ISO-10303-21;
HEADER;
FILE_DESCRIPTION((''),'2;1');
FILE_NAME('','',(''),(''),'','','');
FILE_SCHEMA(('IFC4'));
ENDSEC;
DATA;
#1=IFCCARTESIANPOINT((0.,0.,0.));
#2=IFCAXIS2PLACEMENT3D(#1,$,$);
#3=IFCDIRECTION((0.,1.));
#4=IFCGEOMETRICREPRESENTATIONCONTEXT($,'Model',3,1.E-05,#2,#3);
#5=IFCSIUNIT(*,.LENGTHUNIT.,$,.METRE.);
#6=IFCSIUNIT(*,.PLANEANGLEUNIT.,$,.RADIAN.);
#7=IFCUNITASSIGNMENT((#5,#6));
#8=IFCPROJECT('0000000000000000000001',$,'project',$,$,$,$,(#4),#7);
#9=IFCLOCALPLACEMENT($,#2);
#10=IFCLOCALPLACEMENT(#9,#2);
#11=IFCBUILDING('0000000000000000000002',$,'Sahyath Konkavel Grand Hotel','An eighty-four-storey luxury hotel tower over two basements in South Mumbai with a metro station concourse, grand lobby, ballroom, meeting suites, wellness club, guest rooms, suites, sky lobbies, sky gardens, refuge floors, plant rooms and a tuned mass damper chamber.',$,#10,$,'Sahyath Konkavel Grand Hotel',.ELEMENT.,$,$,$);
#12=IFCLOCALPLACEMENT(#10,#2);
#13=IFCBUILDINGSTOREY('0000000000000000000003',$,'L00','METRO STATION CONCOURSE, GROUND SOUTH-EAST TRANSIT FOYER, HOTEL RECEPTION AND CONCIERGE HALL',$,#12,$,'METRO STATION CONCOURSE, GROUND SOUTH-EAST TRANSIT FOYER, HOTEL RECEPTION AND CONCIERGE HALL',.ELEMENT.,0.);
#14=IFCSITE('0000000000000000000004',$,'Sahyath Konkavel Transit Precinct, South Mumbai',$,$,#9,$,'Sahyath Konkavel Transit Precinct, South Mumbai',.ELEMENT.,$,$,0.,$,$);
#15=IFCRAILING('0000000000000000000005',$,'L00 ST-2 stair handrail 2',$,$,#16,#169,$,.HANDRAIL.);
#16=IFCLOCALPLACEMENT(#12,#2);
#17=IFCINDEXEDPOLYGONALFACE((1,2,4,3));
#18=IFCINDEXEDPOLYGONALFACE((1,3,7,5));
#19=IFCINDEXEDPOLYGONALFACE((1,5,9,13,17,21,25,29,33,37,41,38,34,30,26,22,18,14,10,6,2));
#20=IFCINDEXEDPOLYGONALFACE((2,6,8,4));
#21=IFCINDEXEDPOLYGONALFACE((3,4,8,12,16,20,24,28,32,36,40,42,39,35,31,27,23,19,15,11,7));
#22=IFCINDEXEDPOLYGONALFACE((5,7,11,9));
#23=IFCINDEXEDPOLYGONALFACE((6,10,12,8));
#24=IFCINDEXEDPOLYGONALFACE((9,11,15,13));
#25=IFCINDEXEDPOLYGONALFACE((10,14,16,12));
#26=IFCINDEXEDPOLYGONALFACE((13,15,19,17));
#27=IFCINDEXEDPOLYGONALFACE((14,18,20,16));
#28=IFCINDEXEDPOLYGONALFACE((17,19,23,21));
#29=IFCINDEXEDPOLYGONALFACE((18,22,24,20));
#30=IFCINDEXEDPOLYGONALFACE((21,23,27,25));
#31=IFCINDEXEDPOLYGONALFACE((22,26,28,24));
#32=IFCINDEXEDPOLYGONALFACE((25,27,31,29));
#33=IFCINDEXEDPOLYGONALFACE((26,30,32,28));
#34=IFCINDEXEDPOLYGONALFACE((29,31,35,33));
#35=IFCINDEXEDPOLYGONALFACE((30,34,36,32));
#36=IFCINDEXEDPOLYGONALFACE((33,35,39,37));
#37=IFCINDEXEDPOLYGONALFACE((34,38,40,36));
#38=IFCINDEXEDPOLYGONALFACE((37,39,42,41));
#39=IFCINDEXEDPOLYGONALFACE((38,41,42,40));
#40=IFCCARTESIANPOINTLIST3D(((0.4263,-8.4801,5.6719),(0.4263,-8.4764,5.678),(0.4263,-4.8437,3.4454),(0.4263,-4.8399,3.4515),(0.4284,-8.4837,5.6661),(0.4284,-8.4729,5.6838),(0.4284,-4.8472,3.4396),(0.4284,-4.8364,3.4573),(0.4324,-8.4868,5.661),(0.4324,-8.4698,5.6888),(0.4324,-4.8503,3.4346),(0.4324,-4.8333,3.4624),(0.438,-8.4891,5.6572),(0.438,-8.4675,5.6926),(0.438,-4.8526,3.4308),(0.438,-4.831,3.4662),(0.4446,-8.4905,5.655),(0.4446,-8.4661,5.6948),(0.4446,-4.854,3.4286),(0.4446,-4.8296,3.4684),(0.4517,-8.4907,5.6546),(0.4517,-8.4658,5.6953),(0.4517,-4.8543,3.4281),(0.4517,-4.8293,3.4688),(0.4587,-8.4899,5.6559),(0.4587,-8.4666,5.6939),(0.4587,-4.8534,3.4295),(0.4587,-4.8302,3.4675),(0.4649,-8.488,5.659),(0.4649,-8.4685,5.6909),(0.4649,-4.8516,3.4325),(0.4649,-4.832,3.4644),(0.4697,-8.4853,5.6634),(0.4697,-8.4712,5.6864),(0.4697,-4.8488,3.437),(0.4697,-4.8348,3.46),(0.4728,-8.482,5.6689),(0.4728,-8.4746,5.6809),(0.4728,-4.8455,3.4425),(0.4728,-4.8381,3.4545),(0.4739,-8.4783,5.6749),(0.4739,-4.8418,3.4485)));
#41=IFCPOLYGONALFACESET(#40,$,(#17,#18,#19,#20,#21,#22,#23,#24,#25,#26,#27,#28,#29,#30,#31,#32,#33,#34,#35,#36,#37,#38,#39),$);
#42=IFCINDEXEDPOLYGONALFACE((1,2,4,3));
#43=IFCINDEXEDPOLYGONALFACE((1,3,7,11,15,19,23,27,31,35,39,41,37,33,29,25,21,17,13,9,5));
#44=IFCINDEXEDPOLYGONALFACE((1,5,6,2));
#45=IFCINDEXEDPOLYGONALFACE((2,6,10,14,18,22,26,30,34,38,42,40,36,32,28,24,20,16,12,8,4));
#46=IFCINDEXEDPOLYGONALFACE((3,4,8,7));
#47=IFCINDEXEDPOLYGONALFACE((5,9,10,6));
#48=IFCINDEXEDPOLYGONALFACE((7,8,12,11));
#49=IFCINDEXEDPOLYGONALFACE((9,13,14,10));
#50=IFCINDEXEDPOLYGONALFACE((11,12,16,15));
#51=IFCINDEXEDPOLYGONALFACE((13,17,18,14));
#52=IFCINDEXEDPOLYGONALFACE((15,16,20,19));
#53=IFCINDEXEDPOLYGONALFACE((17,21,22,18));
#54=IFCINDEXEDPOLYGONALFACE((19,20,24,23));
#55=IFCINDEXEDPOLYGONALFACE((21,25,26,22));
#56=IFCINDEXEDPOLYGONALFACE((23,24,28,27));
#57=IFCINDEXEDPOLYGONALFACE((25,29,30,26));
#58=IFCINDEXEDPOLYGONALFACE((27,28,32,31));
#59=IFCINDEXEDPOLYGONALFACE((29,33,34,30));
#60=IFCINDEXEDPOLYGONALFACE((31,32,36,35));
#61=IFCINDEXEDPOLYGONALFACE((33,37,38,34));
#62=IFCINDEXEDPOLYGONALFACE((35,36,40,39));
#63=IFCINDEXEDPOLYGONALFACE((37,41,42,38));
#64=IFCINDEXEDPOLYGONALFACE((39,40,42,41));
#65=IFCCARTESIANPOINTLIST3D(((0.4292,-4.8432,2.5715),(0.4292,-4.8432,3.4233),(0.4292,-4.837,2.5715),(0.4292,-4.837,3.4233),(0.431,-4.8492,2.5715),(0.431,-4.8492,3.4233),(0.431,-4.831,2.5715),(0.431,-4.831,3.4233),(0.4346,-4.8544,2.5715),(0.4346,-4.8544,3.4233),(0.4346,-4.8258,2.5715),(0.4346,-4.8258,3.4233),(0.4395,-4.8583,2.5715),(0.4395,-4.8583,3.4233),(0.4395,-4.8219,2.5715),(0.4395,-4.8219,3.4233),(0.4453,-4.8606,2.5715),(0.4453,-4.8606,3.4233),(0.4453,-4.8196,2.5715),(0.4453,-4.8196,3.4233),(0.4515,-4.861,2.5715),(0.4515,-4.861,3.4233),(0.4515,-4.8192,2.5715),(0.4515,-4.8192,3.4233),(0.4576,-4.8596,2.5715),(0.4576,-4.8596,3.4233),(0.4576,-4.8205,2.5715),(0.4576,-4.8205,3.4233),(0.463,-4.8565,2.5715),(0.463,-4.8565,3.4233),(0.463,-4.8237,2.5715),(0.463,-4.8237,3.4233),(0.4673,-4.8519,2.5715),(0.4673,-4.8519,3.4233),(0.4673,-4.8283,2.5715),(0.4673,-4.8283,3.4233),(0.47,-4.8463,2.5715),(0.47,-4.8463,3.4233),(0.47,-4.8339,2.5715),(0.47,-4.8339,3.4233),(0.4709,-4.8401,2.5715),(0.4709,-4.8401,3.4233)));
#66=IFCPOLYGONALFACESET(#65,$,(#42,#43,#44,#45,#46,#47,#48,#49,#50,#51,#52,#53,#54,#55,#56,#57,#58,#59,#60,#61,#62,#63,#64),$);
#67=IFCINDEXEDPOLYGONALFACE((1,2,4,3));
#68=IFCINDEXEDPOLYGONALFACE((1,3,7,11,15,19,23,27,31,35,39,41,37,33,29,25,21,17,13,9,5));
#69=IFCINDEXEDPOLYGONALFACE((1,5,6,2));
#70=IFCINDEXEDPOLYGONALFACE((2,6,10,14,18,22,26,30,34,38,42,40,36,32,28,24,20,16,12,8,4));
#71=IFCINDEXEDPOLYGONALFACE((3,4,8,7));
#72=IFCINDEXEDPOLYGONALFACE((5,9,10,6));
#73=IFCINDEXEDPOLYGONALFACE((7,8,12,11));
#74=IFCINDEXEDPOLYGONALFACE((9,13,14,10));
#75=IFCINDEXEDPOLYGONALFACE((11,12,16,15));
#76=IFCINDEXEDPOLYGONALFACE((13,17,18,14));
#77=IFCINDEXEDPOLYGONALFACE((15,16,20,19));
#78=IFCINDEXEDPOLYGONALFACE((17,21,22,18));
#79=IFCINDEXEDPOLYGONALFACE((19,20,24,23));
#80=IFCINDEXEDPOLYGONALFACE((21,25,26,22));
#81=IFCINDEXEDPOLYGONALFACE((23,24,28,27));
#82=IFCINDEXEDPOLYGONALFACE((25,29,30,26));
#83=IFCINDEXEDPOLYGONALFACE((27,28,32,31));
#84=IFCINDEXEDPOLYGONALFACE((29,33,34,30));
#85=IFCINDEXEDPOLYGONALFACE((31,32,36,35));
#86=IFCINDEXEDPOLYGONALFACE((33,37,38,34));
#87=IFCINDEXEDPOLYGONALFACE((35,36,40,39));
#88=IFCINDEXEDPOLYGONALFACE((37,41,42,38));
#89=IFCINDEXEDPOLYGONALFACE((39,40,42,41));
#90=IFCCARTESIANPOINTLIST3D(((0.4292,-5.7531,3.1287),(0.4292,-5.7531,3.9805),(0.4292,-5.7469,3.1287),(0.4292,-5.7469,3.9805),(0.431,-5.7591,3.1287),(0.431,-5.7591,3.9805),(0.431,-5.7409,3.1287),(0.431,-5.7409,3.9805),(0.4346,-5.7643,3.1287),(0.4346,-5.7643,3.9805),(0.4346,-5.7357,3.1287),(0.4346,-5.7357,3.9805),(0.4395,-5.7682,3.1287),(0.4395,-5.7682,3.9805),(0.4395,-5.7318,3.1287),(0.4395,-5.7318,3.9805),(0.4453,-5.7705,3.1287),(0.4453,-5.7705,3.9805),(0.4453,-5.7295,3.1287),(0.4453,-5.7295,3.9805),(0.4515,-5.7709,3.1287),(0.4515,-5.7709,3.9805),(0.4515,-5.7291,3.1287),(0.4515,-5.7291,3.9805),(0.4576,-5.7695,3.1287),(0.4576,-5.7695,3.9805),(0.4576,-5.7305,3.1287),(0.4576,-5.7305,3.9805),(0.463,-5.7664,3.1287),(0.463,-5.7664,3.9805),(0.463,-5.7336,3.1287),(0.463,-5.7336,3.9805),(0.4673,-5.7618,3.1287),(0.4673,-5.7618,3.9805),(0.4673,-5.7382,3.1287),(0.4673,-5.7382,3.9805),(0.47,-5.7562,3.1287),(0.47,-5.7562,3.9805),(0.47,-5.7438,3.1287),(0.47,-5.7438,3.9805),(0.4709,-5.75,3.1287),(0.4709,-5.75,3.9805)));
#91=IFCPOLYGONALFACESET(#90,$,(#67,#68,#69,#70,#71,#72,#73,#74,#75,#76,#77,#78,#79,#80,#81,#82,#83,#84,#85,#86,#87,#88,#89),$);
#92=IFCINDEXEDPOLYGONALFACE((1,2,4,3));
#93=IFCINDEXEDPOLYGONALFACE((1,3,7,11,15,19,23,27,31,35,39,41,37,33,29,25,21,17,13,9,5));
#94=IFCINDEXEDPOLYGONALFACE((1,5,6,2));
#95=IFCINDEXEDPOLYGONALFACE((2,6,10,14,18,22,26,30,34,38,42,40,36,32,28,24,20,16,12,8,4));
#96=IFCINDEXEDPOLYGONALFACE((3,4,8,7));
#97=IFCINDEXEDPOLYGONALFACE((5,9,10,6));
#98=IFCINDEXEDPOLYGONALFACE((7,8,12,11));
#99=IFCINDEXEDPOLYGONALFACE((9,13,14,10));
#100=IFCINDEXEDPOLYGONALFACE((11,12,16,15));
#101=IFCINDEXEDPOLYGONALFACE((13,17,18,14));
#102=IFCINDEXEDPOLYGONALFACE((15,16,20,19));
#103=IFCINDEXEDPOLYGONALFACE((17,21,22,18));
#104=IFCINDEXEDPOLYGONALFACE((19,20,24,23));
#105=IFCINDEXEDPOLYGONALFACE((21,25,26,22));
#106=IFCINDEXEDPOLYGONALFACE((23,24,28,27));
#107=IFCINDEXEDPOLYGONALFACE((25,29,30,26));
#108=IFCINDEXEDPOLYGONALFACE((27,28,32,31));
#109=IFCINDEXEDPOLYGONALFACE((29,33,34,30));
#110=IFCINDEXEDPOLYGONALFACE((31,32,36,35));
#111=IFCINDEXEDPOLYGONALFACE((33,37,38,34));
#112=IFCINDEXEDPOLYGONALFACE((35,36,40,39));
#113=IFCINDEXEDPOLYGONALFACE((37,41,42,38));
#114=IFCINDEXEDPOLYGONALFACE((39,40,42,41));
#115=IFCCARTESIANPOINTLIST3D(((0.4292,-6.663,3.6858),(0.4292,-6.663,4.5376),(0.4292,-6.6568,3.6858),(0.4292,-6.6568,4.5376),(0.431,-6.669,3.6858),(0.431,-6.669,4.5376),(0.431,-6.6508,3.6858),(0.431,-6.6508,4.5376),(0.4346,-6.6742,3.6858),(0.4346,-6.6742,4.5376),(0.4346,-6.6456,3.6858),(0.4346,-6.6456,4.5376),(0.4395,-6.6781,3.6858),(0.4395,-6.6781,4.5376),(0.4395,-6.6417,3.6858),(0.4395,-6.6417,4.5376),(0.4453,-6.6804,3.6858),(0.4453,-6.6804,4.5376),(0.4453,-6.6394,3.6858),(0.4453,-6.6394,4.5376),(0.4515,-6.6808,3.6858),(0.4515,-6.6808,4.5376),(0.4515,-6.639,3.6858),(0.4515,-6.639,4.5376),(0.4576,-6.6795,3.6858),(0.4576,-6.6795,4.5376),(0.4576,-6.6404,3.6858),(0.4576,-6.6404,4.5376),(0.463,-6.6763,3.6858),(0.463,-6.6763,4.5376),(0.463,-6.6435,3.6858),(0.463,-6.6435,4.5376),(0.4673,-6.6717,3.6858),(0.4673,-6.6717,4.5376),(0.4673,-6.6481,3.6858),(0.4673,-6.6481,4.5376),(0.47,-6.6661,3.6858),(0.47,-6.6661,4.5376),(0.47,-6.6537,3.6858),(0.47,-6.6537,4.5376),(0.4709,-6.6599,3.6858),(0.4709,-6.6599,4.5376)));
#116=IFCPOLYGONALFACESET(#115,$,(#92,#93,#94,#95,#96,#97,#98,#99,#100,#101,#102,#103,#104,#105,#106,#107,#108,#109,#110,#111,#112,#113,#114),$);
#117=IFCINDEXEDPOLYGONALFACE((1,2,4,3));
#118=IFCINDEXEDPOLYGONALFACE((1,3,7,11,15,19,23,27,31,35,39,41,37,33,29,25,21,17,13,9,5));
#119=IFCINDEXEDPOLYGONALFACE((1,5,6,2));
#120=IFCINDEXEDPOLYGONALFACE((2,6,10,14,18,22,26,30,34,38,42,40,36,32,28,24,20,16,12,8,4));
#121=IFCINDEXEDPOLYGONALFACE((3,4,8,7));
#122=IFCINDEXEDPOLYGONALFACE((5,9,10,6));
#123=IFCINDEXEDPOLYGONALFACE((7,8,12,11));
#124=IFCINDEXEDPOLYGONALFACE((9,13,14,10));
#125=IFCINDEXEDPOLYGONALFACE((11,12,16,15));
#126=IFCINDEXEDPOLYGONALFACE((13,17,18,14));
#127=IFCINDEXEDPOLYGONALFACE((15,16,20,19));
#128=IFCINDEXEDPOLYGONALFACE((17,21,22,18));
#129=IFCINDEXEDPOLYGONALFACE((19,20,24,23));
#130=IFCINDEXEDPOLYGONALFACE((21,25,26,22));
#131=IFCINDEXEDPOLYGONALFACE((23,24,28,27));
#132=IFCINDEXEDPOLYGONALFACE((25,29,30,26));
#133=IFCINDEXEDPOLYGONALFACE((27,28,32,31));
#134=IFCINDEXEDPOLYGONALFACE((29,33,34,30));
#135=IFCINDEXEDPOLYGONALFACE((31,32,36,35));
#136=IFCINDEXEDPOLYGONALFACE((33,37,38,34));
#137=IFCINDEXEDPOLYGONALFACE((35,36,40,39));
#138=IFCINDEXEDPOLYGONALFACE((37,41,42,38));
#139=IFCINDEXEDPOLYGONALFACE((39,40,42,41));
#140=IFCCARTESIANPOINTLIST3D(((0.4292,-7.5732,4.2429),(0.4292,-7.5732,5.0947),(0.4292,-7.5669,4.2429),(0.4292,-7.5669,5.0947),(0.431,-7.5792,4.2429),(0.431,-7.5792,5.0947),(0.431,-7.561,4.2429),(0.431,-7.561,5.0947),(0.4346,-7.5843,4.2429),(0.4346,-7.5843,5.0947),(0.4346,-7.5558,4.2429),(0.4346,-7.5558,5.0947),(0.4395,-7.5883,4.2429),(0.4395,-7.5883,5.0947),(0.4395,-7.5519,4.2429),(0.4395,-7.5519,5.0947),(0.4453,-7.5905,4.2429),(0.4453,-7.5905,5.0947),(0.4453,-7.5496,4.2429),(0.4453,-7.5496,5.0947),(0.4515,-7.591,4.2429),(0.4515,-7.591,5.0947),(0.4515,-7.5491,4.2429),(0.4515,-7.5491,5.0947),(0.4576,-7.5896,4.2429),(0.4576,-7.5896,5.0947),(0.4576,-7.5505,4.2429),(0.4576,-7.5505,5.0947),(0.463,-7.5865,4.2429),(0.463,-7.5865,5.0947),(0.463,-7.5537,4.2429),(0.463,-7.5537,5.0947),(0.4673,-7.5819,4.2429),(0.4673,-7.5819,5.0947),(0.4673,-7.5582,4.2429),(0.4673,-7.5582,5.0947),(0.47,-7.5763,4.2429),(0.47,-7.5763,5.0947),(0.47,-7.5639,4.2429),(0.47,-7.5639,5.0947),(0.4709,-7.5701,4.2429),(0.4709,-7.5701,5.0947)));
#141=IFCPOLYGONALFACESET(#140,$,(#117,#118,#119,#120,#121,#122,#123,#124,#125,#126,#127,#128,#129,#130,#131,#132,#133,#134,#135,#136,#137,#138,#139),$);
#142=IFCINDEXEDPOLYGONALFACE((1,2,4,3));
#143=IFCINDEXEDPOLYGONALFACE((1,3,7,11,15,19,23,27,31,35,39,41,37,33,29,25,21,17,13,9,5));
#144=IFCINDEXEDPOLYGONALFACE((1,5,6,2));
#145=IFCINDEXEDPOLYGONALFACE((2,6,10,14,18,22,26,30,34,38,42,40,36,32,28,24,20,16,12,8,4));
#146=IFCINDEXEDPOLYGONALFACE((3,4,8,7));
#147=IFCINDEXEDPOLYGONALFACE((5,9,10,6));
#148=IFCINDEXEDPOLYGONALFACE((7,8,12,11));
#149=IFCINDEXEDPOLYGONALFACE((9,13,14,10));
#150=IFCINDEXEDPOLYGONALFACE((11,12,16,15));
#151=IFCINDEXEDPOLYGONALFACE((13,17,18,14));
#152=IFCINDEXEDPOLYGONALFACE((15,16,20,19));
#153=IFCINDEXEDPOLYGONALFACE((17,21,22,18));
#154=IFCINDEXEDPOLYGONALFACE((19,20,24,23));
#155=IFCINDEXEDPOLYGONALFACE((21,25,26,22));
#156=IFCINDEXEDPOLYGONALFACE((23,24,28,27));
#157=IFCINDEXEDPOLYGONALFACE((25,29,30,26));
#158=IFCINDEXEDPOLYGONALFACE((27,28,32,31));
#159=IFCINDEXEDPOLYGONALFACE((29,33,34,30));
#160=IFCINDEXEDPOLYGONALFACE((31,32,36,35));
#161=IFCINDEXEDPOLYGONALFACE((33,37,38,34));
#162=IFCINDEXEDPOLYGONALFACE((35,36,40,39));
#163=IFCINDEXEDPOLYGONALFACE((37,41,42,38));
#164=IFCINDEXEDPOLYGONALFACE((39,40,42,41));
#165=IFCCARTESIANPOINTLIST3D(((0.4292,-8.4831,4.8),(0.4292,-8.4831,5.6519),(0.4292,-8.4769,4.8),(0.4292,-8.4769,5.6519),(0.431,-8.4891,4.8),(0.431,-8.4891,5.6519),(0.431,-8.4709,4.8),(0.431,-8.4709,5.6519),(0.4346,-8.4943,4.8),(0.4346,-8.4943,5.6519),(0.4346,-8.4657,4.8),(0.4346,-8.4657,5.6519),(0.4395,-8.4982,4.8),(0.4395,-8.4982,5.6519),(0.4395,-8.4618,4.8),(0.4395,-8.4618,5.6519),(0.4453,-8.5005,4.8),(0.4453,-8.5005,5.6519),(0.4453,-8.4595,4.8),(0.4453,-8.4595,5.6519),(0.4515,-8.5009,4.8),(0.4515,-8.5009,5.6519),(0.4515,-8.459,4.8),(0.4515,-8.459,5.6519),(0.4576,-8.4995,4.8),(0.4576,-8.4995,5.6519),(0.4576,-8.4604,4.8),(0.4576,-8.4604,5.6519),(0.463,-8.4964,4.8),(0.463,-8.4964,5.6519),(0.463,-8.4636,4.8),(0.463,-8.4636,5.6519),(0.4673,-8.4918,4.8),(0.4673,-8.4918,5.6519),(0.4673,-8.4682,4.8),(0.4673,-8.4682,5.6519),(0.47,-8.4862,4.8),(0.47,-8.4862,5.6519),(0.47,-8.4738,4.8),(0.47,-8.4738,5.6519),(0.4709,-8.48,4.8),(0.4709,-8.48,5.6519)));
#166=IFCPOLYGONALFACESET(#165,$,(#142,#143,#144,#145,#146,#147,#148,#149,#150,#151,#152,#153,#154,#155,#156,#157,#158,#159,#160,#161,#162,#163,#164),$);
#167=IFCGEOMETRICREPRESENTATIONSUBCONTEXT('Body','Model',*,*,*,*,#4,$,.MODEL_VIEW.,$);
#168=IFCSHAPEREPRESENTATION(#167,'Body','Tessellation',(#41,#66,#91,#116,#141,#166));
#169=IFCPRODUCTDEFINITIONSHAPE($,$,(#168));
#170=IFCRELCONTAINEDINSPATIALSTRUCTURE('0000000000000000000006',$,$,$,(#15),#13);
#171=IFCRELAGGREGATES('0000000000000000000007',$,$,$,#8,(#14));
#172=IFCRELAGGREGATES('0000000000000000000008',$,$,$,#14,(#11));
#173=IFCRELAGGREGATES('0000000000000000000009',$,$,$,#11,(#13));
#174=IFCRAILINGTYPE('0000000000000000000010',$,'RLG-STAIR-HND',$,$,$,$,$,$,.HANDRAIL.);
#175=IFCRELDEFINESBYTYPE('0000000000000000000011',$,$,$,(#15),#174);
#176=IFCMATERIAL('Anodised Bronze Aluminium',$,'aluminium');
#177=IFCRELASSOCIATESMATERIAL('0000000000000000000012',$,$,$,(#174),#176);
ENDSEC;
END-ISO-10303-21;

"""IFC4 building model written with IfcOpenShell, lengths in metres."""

from ifc_helpers import new_model, si_unit, direction, frame, origin, origin_2d, place, context, subcontext, project, spatial, circle, extrude, material, type_object, element, save


model = new_model("IFC4")

# Units and contexts
model_context = context("Model", 3, precision=1e-05, world=origin(), true_north=direction((0.0, 1.0)))
body_context = subcontext(model_context, "Body", "Model", "MODEL_VIEW")
ifc_project = project(units=[si_unit("LENGTHUNIT", "METRE"), si_unit("PLANEANGLEUNIT", "RADIAN")], contexts=[model_context])

# Site, building, storey
site_placement = place(None, origin())
site = spatial("IfcSite", under=ifc_project, at=site_placement, Name="Sahyath Konkavel Transit Precinct, South Mumbai", LongName="Sahyath Konkavel Transit Precinct, South Mumbai", CompositionType="ELEMENT", RefElevation=0.0)
building_placement = place(site_placement, origin())
building = spatial("IfcBuilding", under=site, at=building_placement, Name="Sahyath Konkavel Grand Hotel", Description="An eighty-four-storey luxury hotel tower over two basements in South Mumbai with a metro station concourse, grand lobby, ballroom, meeting suites, wellness club, guest rooms, suites, sky lobbies, sky gardens, refuge floors, plant rooms and a tuned mass damper chamber.", LongName="Sahyath Konkavel Grand Hotel", CompositionType="ELEMENT")
storey_placement = place(building_placement, origin())
storey = spatial("IfcBuildingStorey", under=building, at=storey_placement, Name="L00", Description="METRO STATION CONCOURSE, GROUND SOUTH-EAST TRANSIT FOYER, HOTEL RECEPTION AND CONCIERGE HALL", LongName="METRO STATION CONCOURSE, GROUND SOUTH-EAST TRANSIT FOYER, HOTEL RECEPTION AND CONCIERGE HALL", CompositionType="ELEMENT", Elevation=0.0)

# Railing
ifc_material_1 = material(Name="Anodised Bronze Aluminium", Category="aluminium")
railing_type_1 = type_object("IfcRailingType", Name="RLG-STAIR-HND", PredefinedType="HANDRAIL", material=ifc_material_1)
railing_1_placement = place(storey_placement, frame((0.45, -4.8401, 2.5715)))
element("IfcRailing", 1, at=railing_1_placement, inside=storey, type_object=railing_type_1, Name="L00 ST-2 stair handrail 2", PredefinedType="HANDRAIL", context=body_context, shape_type="SweptSolid", body=[
    extrude(circle(Radius=0.0239, at=origin_2d()), frame((0.0, -0.0017, 0.877), z_axis=(0.0, -0.85285, 0.522156), x_axis=(1.0, 0.0, 0.0)), (0.0, 0.0, 1.0), 4.2639),
    extrude(circle(Radius=0.021, at=origin_2d()), origin(), (0.0, 0.0, 1.0), 0.8518),
    extrude(circle(Radius=0.021, at=origin_2d()), frame((0.0, -0.9099, 0.5571)), (0.0, 0.0, 1.0), 0.8518),
    extrude(circle(Radius=0.021, at=origin_2d()), frame((0.0, -1.8198, 1.1143)), (0.0, 0.0, 1.0), 0.8518),
    extrude(circle(Radius=0.021, at=origin_2d()), frame((0.0, -2.73, 1.6714)), (0.0, 0.0, 1.0), 0.8518),
    extrude(circle(Radius=0.021, at=origin_2d()), frame((0.0, -3.6399, 2.2285)), (0.0, 0.0, 1.0), 0.8518),
])

save(model, "model.ifc")
